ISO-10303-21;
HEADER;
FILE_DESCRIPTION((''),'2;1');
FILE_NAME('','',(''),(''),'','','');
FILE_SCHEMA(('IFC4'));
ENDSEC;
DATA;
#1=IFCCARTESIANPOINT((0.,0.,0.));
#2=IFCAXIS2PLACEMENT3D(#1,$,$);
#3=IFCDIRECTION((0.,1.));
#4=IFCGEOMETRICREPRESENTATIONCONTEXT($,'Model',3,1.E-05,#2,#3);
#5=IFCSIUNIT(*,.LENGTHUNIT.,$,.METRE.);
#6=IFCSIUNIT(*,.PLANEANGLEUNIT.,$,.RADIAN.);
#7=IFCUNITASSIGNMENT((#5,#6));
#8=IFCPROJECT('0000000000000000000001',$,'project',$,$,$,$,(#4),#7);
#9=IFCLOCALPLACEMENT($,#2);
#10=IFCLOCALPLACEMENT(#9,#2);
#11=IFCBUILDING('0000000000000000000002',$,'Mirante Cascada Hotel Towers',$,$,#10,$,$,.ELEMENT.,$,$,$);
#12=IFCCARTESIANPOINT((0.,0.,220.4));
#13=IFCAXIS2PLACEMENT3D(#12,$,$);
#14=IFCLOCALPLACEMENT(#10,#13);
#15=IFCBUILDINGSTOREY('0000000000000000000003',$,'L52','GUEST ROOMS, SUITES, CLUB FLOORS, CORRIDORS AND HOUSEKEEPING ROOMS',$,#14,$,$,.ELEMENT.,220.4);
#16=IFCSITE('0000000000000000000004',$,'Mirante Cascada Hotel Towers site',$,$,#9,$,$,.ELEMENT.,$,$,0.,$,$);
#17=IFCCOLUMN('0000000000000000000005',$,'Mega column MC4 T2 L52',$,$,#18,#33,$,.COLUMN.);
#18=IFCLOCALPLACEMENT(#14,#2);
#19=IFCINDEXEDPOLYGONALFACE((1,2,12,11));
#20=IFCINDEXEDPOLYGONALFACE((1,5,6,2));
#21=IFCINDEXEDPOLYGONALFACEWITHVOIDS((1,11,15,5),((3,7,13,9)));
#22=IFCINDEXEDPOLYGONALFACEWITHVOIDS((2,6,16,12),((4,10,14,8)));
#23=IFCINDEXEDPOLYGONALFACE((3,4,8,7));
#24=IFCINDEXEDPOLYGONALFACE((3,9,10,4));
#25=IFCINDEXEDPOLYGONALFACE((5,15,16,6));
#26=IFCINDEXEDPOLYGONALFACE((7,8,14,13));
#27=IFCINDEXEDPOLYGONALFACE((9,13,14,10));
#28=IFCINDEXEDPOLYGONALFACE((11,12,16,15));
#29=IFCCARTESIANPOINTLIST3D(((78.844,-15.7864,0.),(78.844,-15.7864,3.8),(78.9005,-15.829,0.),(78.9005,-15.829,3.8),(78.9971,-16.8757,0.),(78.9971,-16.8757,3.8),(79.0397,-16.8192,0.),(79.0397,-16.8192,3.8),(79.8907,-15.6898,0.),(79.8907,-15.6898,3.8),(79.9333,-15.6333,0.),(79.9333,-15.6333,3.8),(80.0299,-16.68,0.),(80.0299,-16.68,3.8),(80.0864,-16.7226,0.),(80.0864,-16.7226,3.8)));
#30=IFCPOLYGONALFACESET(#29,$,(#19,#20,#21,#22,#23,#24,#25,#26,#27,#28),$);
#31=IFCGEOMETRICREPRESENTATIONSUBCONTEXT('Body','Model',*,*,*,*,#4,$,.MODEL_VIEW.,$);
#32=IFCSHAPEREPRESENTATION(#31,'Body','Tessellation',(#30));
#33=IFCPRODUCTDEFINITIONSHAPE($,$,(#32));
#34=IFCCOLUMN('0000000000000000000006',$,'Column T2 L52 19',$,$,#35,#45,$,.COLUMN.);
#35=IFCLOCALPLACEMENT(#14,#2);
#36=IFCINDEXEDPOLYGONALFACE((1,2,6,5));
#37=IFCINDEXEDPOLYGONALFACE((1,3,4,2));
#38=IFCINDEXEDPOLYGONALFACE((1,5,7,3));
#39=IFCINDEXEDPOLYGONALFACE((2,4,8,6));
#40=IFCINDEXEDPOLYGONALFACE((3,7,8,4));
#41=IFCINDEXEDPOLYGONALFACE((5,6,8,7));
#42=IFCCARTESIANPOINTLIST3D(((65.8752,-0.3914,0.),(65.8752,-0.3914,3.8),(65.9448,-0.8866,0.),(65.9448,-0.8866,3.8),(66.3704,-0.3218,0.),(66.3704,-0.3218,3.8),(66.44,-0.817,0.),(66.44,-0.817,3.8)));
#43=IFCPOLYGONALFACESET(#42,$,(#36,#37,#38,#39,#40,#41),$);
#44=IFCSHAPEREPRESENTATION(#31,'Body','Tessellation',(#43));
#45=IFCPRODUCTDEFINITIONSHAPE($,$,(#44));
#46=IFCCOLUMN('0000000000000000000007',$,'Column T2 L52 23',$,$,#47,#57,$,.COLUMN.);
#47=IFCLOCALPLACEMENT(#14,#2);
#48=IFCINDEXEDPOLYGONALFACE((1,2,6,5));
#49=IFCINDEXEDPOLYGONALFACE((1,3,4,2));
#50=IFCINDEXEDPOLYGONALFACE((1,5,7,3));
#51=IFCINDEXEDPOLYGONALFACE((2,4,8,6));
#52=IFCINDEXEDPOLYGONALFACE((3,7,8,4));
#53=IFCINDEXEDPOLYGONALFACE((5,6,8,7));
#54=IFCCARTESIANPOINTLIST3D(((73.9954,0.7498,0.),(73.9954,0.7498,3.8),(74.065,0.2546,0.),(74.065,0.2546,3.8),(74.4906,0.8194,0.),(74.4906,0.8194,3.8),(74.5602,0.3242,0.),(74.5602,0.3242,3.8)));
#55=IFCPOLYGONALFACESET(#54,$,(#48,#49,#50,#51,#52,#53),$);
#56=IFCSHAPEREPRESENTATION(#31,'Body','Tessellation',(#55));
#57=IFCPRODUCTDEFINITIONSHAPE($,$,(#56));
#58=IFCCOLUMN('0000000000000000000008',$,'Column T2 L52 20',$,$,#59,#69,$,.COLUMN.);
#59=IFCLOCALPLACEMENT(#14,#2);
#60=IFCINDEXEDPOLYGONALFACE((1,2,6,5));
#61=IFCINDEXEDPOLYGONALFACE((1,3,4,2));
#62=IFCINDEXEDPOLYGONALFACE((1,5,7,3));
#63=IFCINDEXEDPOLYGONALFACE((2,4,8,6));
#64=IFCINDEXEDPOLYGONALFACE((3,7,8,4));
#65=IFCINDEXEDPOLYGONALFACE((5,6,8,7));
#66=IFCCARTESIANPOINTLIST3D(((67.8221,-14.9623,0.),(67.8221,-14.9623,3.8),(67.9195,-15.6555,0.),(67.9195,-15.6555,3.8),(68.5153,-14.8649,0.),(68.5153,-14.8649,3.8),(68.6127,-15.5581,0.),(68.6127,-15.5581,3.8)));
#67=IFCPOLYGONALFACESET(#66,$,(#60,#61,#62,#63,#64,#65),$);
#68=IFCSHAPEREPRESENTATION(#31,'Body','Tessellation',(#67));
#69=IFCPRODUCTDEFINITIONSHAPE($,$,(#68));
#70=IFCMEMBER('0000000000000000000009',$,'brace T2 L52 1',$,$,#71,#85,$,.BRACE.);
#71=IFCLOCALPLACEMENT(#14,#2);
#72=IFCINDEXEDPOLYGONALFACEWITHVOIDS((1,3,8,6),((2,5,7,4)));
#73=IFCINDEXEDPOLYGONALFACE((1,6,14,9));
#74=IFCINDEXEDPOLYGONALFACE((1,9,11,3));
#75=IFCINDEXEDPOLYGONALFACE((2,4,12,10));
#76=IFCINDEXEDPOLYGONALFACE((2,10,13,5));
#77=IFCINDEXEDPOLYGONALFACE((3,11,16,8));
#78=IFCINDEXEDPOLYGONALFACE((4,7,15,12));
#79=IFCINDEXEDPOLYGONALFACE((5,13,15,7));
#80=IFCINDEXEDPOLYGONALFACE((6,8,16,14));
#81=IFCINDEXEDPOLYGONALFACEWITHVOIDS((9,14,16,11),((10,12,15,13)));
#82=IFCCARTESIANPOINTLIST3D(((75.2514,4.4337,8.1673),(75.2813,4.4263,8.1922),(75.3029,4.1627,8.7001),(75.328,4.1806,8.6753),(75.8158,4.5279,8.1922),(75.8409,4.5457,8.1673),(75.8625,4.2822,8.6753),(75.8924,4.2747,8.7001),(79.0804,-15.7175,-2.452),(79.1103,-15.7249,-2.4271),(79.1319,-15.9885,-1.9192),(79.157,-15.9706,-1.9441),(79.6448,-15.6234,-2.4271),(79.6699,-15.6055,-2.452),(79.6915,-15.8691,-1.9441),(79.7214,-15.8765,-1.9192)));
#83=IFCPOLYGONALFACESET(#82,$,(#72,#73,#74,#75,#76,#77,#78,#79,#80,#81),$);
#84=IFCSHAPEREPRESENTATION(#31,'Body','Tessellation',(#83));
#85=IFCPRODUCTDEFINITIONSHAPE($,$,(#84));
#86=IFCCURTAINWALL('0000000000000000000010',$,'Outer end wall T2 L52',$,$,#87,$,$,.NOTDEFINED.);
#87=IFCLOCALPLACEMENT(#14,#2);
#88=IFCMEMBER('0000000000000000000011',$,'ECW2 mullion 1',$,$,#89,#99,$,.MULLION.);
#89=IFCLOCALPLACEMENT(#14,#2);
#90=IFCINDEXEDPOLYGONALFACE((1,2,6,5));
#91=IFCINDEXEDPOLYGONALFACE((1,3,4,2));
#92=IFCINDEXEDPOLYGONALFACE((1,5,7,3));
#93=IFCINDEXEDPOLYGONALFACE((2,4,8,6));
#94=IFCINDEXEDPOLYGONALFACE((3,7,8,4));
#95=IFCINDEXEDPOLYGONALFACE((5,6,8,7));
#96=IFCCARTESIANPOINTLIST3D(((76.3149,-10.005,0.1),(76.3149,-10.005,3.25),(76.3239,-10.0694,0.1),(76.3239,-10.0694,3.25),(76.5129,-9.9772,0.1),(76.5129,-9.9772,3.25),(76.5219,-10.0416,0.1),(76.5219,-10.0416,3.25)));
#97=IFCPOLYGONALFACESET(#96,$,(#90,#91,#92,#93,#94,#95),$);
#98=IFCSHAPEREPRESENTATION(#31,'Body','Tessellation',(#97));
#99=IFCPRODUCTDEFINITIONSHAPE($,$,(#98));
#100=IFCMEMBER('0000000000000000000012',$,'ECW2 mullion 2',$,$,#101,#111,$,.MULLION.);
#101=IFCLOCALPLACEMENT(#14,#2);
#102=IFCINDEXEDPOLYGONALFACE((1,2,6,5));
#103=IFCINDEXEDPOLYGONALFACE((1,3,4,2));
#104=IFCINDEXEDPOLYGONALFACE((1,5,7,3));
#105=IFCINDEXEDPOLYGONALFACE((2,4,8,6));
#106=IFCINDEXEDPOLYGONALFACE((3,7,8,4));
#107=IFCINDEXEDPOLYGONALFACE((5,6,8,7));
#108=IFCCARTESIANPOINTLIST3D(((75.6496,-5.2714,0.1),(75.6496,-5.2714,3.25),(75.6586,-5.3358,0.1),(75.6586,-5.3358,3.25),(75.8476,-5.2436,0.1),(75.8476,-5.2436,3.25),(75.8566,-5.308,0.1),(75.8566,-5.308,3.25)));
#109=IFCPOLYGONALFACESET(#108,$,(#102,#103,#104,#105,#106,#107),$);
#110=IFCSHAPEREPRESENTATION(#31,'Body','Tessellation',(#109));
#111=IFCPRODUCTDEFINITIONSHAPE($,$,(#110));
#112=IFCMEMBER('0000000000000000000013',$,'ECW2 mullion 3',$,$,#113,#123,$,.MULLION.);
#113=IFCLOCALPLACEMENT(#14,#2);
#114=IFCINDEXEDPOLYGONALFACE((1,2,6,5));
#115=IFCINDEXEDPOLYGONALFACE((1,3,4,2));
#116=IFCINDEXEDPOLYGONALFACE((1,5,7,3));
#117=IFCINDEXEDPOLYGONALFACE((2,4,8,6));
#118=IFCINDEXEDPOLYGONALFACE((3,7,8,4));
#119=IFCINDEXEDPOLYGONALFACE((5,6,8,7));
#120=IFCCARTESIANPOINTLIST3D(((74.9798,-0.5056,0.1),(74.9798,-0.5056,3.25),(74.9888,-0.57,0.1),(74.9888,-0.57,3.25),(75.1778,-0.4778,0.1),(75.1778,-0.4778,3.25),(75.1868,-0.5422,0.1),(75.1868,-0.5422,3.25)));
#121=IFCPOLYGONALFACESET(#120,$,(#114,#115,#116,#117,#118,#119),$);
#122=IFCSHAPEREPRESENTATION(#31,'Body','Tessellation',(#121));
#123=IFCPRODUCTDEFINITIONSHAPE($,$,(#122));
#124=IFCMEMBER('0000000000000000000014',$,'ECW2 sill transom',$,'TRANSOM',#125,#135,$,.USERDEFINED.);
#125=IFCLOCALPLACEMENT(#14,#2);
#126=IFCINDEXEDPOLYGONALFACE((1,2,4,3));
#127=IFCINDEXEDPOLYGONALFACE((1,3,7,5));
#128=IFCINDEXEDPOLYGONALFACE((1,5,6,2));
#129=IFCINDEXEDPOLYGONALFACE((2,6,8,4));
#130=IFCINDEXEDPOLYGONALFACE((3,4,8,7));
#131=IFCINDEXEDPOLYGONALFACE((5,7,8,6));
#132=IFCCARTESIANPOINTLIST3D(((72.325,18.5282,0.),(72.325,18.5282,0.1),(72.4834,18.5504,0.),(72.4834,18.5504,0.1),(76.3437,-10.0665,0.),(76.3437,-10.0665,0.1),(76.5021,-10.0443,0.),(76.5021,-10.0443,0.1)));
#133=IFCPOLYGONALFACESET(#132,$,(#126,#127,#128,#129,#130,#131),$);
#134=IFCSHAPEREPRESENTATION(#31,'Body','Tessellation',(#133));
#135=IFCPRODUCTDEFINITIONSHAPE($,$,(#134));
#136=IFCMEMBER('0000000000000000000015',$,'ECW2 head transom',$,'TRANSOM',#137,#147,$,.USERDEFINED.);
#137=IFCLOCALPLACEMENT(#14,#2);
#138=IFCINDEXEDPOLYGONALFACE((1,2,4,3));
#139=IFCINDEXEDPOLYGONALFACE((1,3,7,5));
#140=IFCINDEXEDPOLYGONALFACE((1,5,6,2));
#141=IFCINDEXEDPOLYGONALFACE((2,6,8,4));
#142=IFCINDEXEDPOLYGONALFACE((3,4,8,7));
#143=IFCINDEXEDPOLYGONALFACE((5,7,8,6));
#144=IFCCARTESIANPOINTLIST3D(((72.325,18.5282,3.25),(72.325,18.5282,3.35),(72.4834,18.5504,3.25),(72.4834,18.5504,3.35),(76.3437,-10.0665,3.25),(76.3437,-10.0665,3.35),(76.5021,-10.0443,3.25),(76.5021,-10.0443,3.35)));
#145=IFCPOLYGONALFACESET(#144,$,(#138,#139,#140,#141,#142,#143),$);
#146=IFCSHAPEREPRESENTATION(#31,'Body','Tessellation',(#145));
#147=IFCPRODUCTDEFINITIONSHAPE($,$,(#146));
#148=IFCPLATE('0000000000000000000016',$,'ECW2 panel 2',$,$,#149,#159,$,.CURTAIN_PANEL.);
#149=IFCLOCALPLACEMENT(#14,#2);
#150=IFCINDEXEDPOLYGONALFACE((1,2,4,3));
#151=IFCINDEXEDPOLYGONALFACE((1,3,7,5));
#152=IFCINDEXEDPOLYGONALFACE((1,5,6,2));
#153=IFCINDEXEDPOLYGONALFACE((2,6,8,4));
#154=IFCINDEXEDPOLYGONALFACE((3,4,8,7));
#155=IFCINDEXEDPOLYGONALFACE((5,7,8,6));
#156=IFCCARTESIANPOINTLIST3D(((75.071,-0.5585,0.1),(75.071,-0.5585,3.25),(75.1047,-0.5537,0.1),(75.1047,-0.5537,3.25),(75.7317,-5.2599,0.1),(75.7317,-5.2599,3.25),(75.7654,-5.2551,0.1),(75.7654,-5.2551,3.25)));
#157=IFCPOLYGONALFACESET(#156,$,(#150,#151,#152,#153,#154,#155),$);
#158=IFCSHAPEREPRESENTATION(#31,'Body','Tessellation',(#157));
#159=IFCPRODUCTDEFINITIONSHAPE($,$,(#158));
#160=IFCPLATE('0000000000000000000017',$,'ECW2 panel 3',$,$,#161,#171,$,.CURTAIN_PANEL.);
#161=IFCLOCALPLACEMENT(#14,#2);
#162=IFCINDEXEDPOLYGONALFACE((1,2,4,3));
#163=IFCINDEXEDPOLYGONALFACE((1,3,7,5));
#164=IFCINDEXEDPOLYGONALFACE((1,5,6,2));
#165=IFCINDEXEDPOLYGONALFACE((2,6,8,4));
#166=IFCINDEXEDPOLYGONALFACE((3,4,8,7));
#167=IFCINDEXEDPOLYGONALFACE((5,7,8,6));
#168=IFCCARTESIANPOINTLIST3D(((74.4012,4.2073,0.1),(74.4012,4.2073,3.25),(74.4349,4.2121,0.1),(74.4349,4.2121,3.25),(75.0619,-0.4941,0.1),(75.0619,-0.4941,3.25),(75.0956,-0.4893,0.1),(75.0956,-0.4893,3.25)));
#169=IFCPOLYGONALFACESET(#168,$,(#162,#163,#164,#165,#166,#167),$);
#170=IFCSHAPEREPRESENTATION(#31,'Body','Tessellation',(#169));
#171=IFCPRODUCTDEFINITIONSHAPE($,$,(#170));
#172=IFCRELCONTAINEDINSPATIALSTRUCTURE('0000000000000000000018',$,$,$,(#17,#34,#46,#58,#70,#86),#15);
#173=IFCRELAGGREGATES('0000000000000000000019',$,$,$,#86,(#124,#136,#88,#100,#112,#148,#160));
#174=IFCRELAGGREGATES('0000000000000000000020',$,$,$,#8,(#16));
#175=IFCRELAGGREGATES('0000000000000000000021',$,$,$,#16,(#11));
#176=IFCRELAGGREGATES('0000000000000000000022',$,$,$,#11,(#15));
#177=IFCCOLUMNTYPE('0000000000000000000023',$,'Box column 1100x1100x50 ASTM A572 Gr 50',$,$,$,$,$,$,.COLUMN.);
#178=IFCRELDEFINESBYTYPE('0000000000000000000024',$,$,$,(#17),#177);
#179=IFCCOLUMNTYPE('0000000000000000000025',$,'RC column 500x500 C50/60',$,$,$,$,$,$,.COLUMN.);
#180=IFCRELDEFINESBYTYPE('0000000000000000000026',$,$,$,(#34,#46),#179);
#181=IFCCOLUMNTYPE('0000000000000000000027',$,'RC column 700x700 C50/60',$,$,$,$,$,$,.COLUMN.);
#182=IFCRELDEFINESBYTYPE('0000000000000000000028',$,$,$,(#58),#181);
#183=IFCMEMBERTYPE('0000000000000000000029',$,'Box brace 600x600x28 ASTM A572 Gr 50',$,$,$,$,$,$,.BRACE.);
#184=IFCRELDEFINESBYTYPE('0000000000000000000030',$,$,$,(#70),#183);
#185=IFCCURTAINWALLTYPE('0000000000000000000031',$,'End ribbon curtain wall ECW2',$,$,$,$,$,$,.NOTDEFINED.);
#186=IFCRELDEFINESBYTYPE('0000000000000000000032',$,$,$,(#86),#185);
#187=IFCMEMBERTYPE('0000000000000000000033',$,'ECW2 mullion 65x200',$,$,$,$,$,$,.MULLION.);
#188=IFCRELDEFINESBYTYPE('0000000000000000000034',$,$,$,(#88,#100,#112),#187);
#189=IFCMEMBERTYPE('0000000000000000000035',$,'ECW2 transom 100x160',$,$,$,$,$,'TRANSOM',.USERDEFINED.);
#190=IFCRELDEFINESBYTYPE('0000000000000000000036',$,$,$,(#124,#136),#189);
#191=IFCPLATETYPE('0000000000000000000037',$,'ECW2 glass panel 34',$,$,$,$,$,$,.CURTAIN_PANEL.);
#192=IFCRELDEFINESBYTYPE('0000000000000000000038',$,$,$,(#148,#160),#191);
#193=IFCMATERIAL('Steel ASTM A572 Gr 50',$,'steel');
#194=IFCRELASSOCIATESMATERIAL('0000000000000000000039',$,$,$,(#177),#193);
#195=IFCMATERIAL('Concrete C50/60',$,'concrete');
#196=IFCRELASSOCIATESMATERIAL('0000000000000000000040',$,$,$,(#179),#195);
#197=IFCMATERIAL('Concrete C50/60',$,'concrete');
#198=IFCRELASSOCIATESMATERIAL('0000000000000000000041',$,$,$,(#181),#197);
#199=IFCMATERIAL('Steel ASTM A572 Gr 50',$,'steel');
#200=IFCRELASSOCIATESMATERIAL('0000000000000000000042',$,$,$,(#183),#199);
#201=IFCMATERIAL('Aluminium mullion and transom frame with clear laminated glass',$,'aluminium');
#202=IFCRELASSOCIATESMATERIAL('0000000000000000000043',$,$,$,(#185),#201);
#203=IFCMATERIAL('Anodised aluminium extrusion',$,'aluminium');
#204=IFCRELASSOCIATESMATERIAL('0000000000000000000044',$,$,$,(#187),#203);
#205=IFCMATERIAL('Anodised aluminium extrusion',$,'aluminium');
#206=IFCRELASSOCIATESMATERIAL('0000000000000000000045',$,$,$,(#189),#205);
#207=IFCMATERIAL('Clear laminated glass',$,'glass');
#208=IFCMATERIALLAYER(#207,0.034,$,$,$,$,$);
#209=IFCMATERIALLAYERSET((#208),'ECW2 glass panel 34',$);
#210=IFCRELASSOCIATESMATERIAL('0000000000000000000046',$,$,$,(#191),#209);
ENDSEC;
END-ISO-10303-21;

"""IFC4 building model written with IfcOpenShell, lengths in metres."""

from ifc_helpers import new_model, si_unit, direction, frame, origin, origin_2d, place, context, subcontext, project, spatial, rectangle, hollow_rectangle, extrude, material, layer, layer_set, material_profile, profile_set, type_object, element, aggregate, save


model = new_model("IFC4")

# Units and contexts
model_context = context("Model", 3, precision=1e-05, world=origin(), true_north=direction((0.0, 1.0)))
body_context = subcontext(model_context, "Body", "Model", "MODEL_VIEW")
ifc_project = project(units=[si_unit("LENGTHUNIT", "METRE"), si_unit("PLANEANGLEUNIT", "RADIAN")], contexts=[model_context])

# Site, building, storey
site_placement = place(None, origin())
site = spatial("IfcSite", under=ifc_project, at=site_placement, Name="Mirante Cascada Hotel Towers site", CompositionType="ELEMENT", RefElevation=0.0)
building_placement = place(site_placement, origin())
building = spatial("IfcBuilding", under=site, at=building_placement, Name="Mirante Cascada Hotel Towers", CompositionType="ELEMENT")
storey_placement = place(building_placement, frame((0.0, 0.0, 220.4)))
storey = spatial("IfcBuildingStorey", under=building, at=storey_placement, Name="L52", Description="GUEST ROOMS, SUITES, CLUB FLOORS, CORRIDORS AND HOUSEKEEPING ROOMS", CompositionType="ELEMENT", Elevation=220.4)

# Columns
ifc_material_1 = material(Name="Steel ASTM A572 Gr 50", Category="steel")
ifc_material_profile_1 = material_profile(ifc_material_1, hollow_rectangle(XDim=1.1, YDim=1.1, WallThickness=0.05, at=origin_2d()), Name="Box column 1100x1100x50 ASTM A572 Gr 50")
ifc_profile_set_1 = profile_set([ifc_material_profile_1], Name="Steel ASTM A572 Gr 50")
column_type_1 = type_object("IfcColumnType", Name="Box column 1100x1100x50 ASTM A572 Gr 50", PredefinedType="COLUMN", material=ifc_profile_set_1)
column_1_placement = place(storey_placement, frame((79.4652, -16.2545, 0.0), z_axis=(0.0, 0.0, 1.0), x_axis=(0.990268, 0.139173, 0.0)))
element("IfcColumn", 1, at=column_1_placement, inside=storey, type_object=column_type_1, Name="Mega column MC4 T2 L52", PredefinedType="COLUMN", context=body_context, shape_type="SweptSolid", body=[
    extrude(hollow_rectangle(XDim=1.1, YDim=1.1, WallThickness=0.05, at=origin_2d()), origin(), (0.0, 0.0, 1.0), 3.8),
])
ifc_material_2 = material(Name="Concrete C50/60", Category="concrete")
ifc_material_profile_2 = material_profile(ifc_material_2, rectangle(XDim=0.5, YDim=0.5, at=origin_2d()), Name="RC column 500x500 C50/60")
ifc_profile_set_2 = profile_set([ifc_material_profile_2], Name="Concrete C50/60")
column_type_2 = type_object("IfcColumnType", Name="RC column 500x500 C50/60", PredefinedType="COLUMN", material=ifc_profile_set_2)
for number, where, z_axis, x_axis, name in (
    (2, (66.1576, -0.6042, 0.0), (0.0, 0.0, 1.0), (0.990268, 0.139173, 0.0), "Column T2 L52 19"),
    (3, (74.2778, 0.537, 0.0), (0.0, 0.0, 1.0), (0.990268, 0.139173, 0.0), "Column T2 L52 23"),
):
    element("IfcColumn", number, at=place(storey_placement, frame(where, z_axis=z_axis, x_axis=x_axis)), inside=storey, type_object=column_type_2, Name=name, PredefinedType="COLUMN", context=body_context, shape_type="SweptSolid", body=[
        extrude(rectangle(XDim=0.5, YDim=0.5, at=origin_2d()), origin(), (0.0, 0.0, 1.0), 3.8),
    ])
ifc_material_3 = material(Name="Concrete C50/60", Category="concrete")
ifc_material_profile_3 = material_profile(ifc_material_3, rectangle(XDim=0.7, YDim=0.7, at=origin_2d()), Name="RC column 700x700 C50/60")
ifc_profile_set_3 = profile_set([ifc_material_profile_3], Name="Concrete C50/60")
column_type_3 = type_object("IfcColumnType", Name="RC column 700x700 C50/60", PredefinedType="COLUMN", material=ifc_profile_set_3)
column_2_placement = place(storey_placement, frame((68.2174, -15.2602, 0.0), z_axis=(0.0, 0.0, 1.0), x_axis=(0.990268, 0.139173, 0.0)))
element("IfcColumn", 4, at=column_2_placement, inside=storey, type_object=column_type_3, Name="Column T2 L52 20", PredefinedType="COLUMN", context=body_context, shape_type="SweptSolid", body=[
    extrude(rectangle(XDim=0.7, YDim=0.7, at=origin_2d()), origin(), (0.0, 0.0, 1.0), 3.8),
])

# Member
ifc_material_4 = material(Name="Steel ASTM A572 Gr 50", Category="steel")
ifc_material_profile_4 = material_profile(ifc_material_4, hollow_rectangle(XDim=0.6, YDim=0.6, WallThickness=0.028, at=origin_2d()), Name="Box brace 600x600x28 ASTM A572 Gr 50")
ifc_profile_set_4 = profile_set([ifc_material_profile_4], Name="Steel ASTM A572 Gr 50")
member_type_1 = type_object("IfcMemberType", Name="Box brace 600x600x28 ASTM A572 Gr 50", PredefinedType="BRACE", material=ifc_profile_set_4)
member_1_placement = place(storey_placement, frame((79.4009, -15.797, -2.1856), z_axis=(-0.165774, 0.872435, 0.459757), x_axis=(-0.982422, -0.186673, 0.0)))
element("IfcMember", 5, at=member_1_placement, inside=storey, type_object=member_type_1, Name="brace T2 L52 1", PredefinedType="BRACE", context=body_context, shape_type="SweptSolid", body=[
    extrude(hollow_rectangle(XDim=0.6, YDim=0.6, WallThickness=0.028, at=origin_2d()), origin(), (0.0, 0.0, 1.0), 23.0977),
])

# Curtain wall, members, plates
ifc_material_5 = material(Name="Aluminium mullion and transom frame with clear laminated glass", Category="aluminium")
curtain_wall_type = type_object("IfcCurtainWallType", Name="End ribbon curtain wall ECW2", PredefinedType="NOTDEFINED", material=ifc_material_5)
curtain_wall_placement = place(storey_placement, origin())
curtain_wall = element("IfcCurtainWall", 6, at=curtain_wall_placement, inside=storey, type_object=curtain_wall_type, Name="Outer end wall T2 L52", PredefinedType="NOTDEFINED")
ifc_material_6 = material(Name="Anodised aluminium extrusion", Category="aluminium")
ifc_material_profile_5 = material_profile(ifc_material_6, rectangle(XDim=0.2, YDim=0.065, at=origin_2d()), Name="ECW2 MULLION 65x200")
ifc_profile_set_5 = profile_set([ifc_material_profile_5], Name="Anodised aluminium extrusion")
member_type_2 = type_object("IfcMemberType", Name="ECW2 mullion 65x200", PredefinedType="MULLION", material=ifc_profile_set_5)
member_2_placement = place(storey_placement, frame((76.4184, -10.0233, 0.1), z_axis=(0.0, 0.0, 1.0), x_axis=(-0.990268, -0.139173, 0.0)))
member_2 = element("IfcMember", 7, at=member_2_placement, type_object=member_type_2, Name="ECW2 mullion 1", PredefinedType="MULLION", context=body_context, shape_type="SweptSolid", body=[
    extrude(rectangle(XDim=0.2, YDim=0.065, at=origin_2d()), origin(), (0.0, 0.0, 1.0), 3.15),
])
member_3_placement = place(storey_placement, frame((75.7531, -5.2897, 0.1), z_axis=(0.0, 0.0, 1.0), x_axis=(-0.990268, -0.139173, 0.0)))
member_3 = element("IfcMember", 8, at=member_3_placement, type_object=member_type_2, Name="ECW2 mullion 2", PredefinedType="MULLION", context=body_context, shape_type="SweptSolid", body=[
    extrude(rectangle(XDim=0.2, YDim=0.065, at=origin_2d()), origin(), (0.0, 0.0, 1.0), 3.15),
])
member_4_placement = place(storey_placement, frame((75.0833, -0.5239, 0.1), z_axis=(0.0, 0.0, 1.0), x_axis=(-0.990268, -0.139173, 0.0)))
member_4 = element("IfcMember", 9, at=member_4_placement, type_object=member_type_2, Name="ECW2 mullion 3", PredefinedType="MULLION", context=body_context, shape_type="SweptSolid", body=[
    extrude(rectangle(XDim=0.2, YDim=0.065, at=origin_2d()), origin(), (0.0, 0.0, 1.0), 3.15),
])
ifc_material_7 = material(Name="Anodised aluminium extrusion", Category="aluminium")
ifc_material_profile_6 = material_profile(ifc_material_7, rectangle(XDim=0.16, YDim=0.1, at=origin_2d()), Name="ECW2 TRANSOM 100x160")
ifc_profile_set_6 = profile_set([ifc_material_profile_6], Name="Anodised aluminium extrusion")
member_type_3 = type_object("IfcMemberType", Name="ECW2 transom 100x160", ElementType="TRANSOM", PredefinedType="USERDEFINED", material=ifc_profile_set_6)
member_5_placement = place(storey_placement, frame((76.4229, -10.0554, 0.05), z_axis=(-0.139172, 0.990268, 0.0), x_axis=(-0.990268, -0.139172, 0.0)))
member_5 = element("IfcMember", 10, at=member_5_placement, type_object=member_type_3, Name="ECW2 sill transom", ObjectType="TRANSOM", PredefinedType="USERDEFINED", context=body_context, shape_type="SweptSolid", body=[
    extrude(rectangle(XDim=0.16, YDim=0.1, at=origin_2d()), origin(), (0.0, 0.0, 1.0), 28.8757),
])
member_6_placement = place(storey_placement, frame((76.4229, -10.0554, 3.3), z_axis=(-0.139172, 0.990268, 0.0), x_axis=(-0.990268, -0.139172, 0.0)))
member_6 = element("IfcMember", 11, at=member_6_placement, type_object=member_type_3, Name="ECW2 head transom", ObjectType="TRANSOM", PredefinedType="USERDEFINED", context=body_context, shape_type="SweptSolid", body=[
    extrude(rectangle(XDim=0.16, YDim=0.1, at=origin_2d()), origin(), (0.0, 0.0, 1.0), 28.8757),
])
ifc_material_8 = material(Name="Clear laminated glass", Category="glass")
ifc_layer_1 = layer(ifc_material_8, 0.034)
ifc_layer_set_1 = layer_set([ifc_layer_1], Name="ECW2 glass panel 34")
plate_type_1 = type_object("IfcPlateType", Name="ECW2 glass panel 34", PredefinedType="CURTAIN_PANEL", material=ifc_layer_set_1)
plate_1_placement = place(storey_placement, frame((75.4182, -2.9068, 0.1), z_axis=(0.0, 0.0, 1.0), x_axis=(-0.139173, 0.990268, 0.0)))
plate_1 = element("IfcPlate", 12, at=plate_1_placement, type_object=plate_type_1, Name="ECW2 panel 2", PredefinedType="CURTAIN_PANEL", context=body_context, shape_type="SweptSolid", body=[
    extrude(rectangle(XDim=4.7476, YDim=0.034, at=origin_2d()), origin(), (0.0, 0.0, 1.0), 3.15),
])
plate_2_placement = place(storey_placement, frame((74.7484, 1.859, 0.1), z_axis=(0.0, 0.0, 1.0), x_axis=(-0.139173, 0.990268, 0.0)))
plate_2 = element("IfcPlate", 13, at=plate_2_placement, type_object=plate_type_1, Name="ECW2 panel 3", PredefinedType="CURTAIN_PANEL", context=body_context, shape_type="SweptSolid", body=[
    extrude(rectangle(XDim=4.7476, YDim=0.034, at=origin_2d()), origin(), (0.0, 0.0, 1.0), 3.15),
])
aggregate(curtain_wall, [member_5, member_6, member_2, member_3, member_4, plate_1, plate_2])

save(model, "model.ifc")
